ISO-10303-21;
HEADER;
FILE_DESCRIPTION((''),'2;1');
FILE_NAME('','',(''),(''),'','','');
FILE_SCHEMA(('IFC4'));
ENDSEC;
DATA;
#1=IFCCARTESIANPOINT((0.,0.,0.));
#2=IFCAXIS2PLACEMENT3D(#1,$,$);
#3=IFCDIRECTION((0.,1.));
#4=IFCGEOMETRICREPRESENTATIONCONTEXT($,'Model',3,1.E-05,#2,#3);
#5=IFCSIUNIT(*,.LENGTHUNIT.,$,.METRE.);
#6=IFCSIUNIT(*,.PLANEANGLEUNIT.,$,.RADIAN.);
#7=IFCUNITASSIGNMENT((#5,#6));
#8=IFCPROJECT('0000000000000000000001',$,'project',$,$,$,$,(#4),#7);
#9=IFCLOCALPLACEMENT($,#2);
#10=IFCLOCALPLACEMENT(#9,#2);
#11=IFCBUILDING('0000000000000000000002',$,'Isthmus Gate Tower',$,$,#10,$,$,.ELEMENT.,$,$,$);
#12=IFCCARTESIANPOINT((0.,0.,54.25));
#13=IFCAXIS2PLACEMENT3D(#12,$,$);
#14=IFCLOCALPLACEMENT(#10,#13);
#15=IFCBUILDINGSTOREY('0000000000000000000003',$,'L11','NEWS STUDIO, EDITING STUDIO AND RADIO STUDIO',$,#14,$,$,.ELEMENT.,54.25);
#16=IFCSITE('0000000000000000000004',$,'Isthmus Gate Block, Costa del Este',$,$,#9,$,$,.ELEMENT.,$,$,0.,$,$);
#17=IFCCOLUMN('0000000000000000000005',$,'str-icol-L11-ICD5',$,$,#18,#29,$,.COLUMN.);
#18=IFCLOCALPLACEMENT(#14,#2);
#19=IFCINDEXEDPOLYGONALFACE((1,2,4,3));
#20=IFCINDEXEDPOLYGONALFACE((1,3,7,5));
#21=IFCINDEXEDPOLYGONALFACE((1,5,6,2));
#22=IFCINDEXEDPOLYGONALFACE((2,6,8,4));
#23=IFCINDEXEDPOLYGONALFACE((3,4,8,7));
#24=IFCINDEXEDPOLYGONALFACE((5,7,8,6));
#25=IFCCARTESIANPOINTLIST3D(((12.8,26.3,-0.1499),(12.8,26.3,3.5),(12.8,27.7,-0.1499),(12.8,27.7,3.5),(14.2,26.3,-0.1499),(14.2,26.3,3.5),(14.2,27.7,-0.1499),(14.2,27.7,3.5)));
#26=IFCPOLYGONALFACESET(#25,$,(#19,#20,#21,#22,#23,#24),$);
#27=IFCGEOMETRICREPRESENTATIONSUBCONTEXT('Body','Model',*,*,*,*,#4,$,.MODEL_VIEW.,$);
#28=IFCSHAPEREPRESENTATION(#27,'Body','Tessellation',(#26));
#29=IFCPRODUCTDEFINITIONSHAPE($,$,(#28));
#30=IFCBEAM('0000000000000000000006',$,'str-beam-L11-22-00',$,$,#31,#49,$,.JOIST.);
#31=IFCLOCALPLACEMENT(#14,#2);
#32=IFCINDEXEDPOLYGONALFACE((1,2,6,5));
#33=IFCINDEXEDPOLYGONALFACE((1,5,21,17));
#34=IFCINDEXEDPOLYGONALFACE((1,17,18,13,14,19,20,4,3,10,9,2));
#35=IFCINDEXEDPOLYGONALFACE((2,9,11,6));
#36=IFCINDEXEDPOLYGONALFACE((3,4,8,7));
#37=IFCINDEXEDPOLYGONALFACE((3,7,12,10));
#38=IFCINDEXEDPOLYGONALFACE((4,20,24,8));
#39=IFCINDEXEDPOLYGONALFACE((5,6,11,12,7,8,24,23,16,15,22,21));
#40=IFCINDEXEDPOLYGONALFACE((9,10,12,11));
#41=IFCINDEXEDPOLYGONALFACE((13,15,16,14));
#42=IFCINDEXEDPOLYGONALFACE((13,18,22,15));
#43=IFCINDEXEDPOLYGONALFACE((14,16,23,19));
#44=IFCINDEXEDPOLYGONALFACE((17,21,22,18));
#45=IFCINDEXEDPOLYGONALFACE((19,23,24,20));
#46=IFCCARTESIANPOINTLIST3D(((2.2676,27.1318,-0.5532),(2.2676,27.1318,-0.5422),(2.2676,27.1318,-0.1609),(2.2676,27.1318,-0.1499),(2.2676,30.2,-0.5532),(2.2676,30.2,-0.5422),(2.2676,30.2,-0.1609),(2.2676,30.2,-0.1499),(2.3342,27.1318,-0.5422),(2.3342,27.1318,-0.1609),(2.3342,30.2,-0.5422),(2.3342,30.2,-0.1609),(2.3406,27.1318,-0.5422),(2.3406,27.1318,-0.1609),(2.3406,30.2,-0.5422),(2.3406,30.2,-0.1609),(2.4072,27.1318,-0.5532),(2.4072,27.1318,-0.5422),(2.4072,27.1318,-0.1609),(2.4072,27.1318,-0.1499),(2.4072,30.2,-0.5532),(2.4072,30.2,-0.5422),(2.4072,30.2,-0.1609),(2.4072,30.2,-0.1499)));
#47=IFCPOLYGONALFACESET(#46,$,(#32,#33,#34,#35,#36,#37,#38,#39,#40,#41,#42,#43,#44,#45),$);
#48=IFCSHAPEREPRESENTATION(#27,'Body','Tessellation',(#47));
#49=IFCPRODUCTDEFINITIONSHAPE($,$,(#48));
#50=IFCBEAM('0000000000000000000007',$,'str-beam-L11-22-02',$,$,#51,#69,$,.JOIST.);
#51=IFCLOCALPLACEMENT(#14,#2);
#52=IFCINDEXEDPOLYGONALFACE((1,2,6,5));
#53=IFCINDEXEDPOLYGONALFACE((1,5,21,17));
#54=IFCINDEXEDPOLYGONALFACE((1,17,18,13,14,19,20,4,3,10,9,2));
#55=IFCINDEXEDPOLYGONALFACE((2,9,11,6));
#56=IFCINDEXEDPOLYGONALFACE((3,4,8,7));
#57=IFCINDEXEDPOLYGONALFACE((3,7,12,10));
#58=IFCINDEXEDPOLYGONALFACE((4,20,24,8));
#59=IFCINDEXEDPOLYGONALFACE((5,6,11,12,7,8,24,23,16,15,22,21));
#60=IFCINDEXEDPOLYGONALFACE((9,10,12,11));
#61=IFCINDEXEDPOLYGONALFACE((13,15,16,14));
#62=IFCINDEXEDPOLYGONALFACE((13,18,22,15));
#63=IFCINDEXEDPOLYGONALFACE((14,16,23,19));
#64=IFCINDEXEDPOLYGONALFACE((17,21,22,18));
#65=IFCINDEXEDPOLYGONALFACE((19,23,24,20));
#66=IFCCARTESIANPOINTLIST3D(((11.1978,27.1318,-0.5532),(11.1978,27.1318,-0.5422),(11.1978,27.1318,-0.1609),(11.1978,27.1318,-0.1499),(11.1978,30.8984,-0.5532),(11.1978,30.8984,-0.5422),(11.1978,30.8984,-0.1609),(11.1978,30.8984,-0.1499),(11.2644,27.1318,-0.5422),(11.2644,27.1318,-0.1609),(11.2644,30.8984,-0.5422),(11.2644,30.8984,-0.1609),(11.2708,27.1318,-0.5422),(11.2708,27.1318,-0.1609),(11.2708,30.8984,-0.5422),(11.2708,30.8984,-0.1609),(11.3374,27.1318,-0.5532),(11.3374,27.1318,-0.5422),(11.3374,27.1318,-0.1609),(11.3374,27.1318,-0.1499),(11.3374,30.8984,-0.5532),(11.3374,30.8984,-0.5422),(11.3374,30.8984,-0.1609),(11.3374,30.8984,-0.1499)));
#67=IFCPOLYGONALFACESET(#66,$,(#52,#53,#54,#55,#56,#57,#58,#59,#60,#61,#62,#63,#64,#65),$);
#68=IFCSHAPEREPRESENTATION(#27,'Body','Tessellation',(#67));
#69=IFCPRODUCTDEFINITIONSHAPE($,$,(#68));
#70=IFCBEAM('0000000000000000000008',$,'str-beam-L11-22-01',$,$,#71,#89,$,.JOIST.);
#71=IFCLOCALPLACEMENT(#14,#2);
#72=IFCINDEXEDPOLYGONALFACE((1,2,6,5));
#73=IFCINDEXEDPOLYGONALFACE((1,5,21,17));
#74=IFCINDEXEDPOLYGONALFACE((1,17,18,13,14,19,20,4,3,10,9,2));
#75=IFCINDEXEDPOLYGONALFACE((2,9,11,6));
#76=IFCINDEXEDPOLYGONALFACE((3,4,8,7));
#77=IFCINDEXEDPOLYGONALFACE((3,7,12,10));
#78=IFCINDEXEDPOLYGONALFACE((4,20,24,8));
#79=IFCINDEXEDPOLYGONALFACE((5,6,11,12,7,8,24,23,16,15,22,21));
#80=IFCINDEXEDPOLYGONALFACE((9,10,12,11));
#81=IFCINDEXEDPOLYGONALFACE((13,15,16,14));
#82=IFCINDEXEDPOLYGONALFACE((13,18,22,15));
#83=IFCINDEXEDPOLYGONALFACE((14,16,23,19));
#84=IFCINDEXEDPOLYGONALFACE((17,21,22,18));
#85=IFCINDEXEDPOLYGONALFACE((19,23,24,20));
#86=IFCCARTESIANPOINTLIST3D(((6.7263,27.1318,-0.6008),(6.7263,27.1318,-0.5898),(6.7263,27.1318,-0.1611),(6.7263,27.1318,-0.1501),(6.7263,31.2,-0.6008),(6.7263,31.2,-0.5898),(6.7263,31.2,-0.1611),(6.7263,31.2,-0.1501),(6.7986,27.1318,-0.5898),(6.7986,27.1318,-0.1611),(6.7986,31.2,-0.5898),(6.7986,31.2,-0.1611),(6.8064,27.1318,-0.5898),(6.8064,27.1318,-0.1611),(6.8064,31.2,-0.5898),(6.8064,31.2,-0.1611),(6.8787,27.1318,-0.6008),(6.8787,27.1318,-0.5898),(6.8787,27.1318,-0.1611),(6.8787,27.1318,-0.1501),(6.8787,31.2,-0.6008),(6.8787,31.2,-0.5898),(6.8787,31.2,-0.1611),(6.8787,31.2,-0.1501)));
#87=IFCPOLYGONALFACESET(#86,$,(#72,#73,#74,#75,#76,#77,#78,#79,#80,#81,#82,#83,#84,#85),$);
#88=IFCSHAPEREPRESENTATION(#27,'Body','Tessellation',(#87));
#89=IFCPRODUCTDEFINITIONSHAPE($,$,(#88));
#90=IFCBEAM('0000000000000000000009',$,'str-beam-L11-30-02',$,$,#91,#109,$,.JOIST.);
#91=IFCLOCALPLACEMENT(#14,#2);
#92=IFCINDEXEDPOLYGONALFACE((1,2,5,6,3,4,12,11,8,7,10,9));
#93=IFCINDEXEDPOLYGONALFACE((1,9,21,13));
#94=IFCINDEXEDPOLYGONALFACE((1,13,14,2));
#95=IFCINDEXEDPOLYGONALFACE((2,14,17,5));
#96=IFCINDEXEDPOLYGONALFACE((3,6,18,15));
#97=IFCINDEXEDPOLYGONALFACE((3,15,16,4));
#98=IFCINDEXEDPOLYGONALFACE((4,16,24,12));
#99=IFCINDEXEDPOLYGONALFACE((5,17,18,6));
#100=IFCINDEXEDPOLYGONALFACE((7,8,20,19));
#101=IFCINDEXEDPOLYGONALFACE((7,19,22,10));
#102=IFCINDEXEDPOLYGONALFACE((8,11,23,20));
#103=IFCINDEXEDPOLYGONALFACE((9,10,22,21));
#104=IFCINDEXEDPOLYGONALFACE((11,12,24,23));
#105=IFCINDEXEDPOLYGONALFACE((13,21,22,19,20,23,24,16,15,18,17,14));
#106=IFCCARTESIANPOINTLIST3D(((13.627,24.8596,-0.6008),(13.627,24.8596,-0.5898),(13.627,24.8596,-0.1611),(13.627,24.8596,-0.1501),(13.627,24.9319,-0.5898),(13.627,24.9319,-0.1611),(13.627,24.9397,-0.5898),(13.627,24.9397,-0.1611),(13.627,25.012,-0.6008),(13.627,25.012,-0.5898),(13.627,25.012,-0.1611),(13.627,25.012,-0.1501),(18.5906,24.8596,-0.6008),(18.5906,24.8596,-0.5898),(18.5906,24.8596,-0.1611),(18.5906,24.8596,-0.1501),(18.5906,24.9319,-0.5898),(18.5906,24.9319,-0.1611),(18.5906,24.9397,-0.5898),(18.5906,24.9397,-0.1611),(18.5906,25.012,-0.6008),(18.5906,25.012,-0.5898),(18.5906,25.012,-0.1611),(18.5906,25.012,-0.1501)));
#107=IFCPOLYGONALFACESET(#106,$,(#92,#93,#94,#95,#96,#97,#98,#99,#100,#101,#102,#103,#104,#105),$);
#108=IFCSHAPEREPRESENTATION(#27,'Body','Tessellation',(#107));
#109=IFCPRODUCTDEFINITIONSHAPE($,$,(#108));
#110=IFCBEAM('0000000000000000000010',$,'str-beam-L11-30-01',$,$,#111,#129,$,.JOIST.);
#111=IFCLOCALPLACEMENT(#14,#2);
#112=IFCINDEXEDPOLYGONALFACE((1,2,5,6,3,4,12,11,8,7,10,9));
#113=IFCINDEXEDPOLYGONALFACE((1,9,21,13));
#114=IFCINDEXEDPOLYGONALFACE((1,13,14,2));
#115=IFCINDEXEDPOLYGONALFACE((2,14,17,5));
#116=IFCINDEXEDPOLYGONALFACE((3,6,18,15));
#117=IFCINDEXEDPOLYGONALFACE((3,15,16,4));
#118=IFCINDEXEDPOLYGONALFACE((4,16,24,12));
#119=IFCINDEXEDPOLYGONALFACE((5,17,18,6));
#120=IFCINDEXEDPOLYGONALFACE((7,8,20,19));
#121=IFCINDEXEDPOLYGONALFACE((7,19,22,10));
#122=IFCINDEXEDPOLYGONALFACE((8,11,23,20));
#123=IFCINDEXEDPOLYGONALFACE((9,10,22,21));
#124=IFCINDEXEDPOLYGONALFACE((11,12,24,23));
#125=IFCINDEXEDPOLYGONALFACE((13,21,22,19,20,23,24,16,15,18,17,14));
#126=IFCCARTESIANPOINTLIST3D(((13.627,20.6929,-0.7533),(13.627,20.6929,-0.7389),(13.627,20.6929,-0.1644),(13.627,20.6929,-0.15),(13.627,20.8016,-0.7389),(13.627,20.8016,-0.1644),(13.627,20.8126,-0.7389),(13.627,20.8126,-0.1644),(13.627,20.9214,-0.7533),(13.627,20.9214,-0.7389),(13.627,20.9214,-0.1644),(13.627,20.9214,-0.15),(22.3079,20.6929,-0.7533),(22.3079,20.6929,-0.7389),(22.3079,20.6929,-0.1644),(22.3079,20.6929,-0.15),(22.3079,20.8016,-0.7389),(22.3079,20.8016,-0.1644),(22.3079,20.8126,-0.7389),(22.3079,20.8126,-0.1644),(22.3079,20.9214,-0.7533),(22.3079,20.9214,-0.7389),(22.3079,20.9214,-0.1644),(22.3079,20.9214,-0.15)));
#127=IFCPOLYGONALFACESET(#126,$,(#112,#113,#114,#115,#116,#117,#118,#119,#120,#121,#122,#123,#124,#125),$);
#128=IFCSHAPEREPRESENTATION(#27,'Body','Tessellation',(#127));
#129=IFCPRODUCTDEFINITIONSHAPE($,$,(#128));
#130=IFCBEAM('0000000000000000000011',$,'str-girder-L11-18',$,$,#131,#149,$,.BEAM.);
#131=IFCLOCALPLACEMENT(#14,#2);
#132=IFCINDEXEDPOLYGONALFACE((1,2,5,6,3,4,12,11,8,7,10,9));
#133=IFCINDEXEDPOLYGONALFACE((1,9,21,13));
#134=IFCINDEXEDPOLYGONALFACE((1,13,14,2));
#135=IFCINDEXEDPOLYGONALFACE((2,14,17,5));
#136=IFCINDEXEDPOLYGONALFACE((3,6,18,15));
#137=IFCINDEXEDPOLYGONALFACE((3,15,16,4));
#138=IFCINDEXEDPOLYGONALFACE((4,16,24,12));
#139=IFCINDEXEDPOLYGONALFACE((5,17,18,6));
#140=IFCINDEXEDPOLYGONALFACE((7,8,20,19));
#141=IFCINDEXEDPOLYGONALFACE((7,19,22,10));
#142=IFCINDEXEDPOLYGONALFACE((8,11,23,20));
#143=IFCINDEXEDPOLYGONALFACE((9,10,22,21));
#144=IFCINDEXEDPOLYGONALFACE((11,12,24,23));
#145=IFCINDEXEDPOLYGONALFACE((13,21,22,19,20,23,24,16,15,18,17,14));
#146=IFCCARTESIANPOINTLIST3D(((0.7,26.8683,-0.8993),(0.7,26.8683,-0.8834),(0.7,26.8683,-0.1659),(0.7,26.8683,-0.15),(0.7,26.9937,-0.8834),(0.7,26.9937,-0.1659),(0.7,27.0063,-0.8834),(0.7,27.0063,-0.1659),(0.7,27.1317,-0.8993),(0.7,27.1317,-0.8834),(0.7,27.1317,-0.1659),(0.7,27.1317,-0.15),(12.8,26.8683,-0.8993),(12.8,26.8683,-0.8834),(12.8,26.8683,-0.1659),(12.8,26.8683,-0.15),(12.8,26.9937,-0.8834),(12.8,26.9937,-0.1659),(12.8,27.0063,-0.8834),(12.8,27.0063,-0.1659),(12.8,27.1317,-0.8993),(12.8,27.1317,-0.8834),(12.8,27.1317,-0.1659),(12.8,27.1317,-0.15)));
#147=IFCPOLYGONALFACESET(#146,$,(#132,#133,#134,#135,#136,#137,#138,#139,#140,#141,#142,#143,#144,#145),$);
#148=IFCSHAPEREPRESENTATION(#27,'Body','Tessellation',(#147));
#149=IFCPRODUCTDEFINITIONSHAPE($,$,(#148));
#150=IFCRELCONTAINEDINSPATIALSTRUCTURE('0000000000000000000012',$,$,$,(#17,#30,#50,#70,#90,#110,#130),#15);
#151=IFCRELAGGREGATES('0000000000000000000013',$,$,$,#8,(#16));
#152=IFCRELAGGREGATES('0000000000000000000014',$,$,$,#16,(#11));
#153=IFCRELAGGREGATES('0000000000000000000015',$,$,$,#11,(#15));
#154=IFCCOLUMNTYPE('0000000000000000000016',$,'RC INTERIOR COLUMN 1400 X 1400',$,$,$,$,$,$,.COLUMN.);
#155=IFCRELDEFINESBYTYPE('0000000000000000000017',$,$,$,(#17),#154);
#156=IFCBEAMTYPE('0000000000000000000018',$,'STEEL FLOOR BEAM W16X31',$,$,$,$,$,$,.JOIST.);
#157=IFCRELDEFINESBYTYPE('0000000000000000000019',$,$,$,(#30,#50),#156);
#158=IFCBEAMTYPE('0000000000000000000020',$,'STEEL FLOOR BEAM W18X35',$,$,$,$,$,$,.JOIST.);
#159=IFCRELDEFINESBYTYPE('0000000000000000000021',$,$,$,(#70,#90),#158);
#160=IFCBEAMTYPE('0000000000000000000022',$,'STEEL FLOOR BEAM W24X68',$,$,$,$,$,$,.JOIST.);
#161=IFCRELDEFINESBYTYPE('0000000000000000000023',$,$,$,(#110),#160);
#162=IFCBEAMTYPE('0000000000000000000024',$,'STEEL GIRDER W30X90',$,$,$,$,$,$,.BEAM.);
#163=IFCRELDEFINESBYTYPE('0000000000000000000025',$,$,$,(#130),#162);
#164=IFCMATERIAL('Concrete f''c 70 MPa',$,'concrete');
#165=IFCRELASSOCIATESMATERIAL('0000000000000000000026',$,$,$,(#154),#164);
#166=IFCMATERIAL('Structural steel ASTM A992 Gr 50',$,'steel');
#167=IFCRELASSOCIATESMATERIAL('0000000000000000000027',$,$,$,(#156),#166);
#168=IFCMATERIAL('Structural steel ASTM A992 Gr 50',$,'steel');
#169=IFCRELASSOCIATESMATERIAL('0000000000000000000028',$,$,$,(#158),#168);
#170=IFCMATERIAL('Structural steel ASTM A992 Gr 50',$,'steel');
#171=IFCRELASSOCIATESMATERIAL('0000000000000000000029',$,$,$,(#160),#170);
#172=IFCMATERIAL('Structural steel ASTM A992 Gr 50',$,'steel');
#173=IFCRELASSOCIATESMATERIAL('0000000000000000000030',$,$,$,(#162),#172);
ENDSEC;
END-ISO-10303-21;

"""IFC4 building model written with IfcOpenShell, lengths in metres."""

from ifc_helpers import new_model, si_unit, direction, frame, origin, origin_2d, place, context, subcontext, project, spatial, rectangle, i_section, extrude, material, material_profile, profile_set, type_object, element, save


model = new_model("IFC4")

# Units and contexts
model_context = context("Model", 3, precision=1e-05, world=origin(), true_north=direction((0.0, 1.0)))
body_context = subcontext(model_context, "Body", "Model", "MODEL_VIEW")
ifc_project = project(units=[si_unit("LENGTHUNIT", "METRE"), si_unit("PLANEANGLEUNIT", "RADIAN")], contexts=[model_context])

# Site, building, storey
site_placement = place(None, origin())
site = spatial("IfcSite", under=ifc_project, at=site_placement, Name="Isthmus Gate Block, Costa del Este", CompositionType="ELEMENT", RefElevation=0.0)
building_placement = place(site_placement, origin())
building = spatial("IfcBuilding", under=site, at=building_placement, Name="Isthmus Gate Tower", CompositionType="ELEMENT")
storey_placement = place(building_placement, frame((0.0, 0.0, 54.25)))
storey = spatial("IfcBuildingStorey", under=building, at=storey_placement, Name="L11", Description="NEWS STUDIO, EDITING STUDIO AND RADIO STUDIO", CompositionType="ELEMENT", Elevation=54.25)

# Column
ifc_material_1 = material(Name="Concrete f'c 70 MPa", Category="concrete")
ifc_material_profile_1 = material_profile(ifc_material_1, rectangle(XDim=1.3999, YDim=1.3999, at=origin_2d()), Name="RC 1400X1400")
ifc_profile_set_1 = profile_set([ifc_material_profile_1], Name="Concrete f'c 70 MPa")
column_type = type_object("IfcColumnType", Name="RC INTERIOR COLUMN 1400 X 1400", PredefinedType="COLUMN", material=ifc_profile_set_1)
column_placement = place(storey_placement, frame((13.5, 27.0, -0.1499), z_axis=(0.0, 0.0, 1.0), x_axis=(1.0, 0.0, 0.0)))
element("IfcColumn", 1, at=column_placement, inside=storey, type_object=column_type, Name="str-icol-L11-ICD5", PredefinedType="COLUMN", context=body_context, shape_type="SweptSolid", body=[
    extrude(rectangle(XDim=1.3999, YDim=1.3999, at=origin_2d()), origin(), (0.0, 0.0, 1.0), 3.6499),
])

# Beams
ifc_material_2 = material(Name="Structural steel ASTM A992 Gr 50", Category="steel")
ifc_material_profile_2 = material_profile(ifc_material_2, i_section(OverallWidth=0.1396, OverallDepth=0.4033, WebThickness=0.0063, FlangeThickness=0.011, at=origin_2d()), Name="W16X31")
ifc_profile_set_2 = profile_set([ifc_material_profile_2], Name="Structural steel ASTM A992 Gr 50")
beam_type_1 = type_object("IfcBeamType", Name="STEEL FLOOR BEAM W16X31", PredefinedType="JOIST", material=ifc_profile_set_2)
beam_1_placement = place(storey_placement, frame((2.3374, 27.1318, -0.3516), z_axis=(0.0, 1.0, 0.0), x_axis=(-1.0, 0.0, 0.0)))
element("IfcBeam", 2, at=beam_1_placement, inside=storey, type_object=beam_type_1, Name="str-beam-L11-22-00", PredefinedType="JOIST", context=body_context, shape_type="SweptSolid", body=[
    extrude(i_section(OverallWidth=0.1396, OverallDepth=0.4033, WebThickness=0.0063, FlangeThickness=0.011, at=origin_2d()), origin(), (0.0, 0.0, 1.0), 3.0681),
])
beam_2_placement = place(storey_placement, frame((11.2676, 27.1318, -0.3516), z_axis=(0.0, 1.0, 0.0), x_axis=(-1.0, 0.0, 0.0)))
element("IfcBeam", 3, at=beam_2_placement, inside=storey, type_object=beam_type_1, Name="str-beam-L11-22-02", PredefinedType="JOIST", context=body_context, shape_type="SweptSolid", body=[
    extrude(i_section(OverallWidth=0.1396, OverallDepth=0.4033, WebThickness=0.0063, FlangeThickness=0.011, at=origin_2d()), origin(), (0.0, 0.0, 1.0), 3.7666),
])
ifc_material_3 = material(Name="Structural steel ASTM A992 Gr 50", Category="steel")
ifc_material_profile_3 = material_profile(ifc_material_3, i_section(OverallWidth=0.1523, OverallDepth=0.4507, WebThickness=0.0078, FlangeThickness=0.011, at=origin_2d()), Name="W18X35")
ifc_profile_set_3 = profile_set([ifc_material_profile_3], Name="Structural steel ASTM A992 Gr 50")
beam_type_2 = type_object("IfcBeamType", Name="STEEL FLOOR BEAM W18X35", PredefinedType="JOIST", material=ifc_profile_set_3)
beam_3_placement = place(storey_placement, frame((6.8025, 27.1318, -0.3755), z_axis=(0.0, 1.0, 0.0), x_axis=(-1.0, 0.0, 0.0)))
element("IfcBeam", 4, at=beam_3_placement, inside=storey, type_object=beam_type_2, Name="str-beam-L11-22-01", PredefinedType="JOIST", context=body_context, shape_type="SweptSolid", body=[
    extrude(i_section(OverallWidth=0.1523, OverallDepth=0.4507, WebThickness=0.0078, FlangeThickness=0.011, at=origin_2d()), origin(), (0.0, 0.0, 1.0), 4.0681),
])
beam_4_placement = place(storey_placement, frame((13.627, 24.9358, -0.3755), z_axis=(1.0, 0.0, 0.0), x_axis=(0.0, 1.0, 0.0)))
element("IfcBeam", 5, at=beam_4_placement, inside=storey, type_object=beam_type_2, Name="str-beam-L11-30-02", PredefinedType="JOIST", context=body_context, shape_type="SweptSolid", body=[
    extrude(i_section(OverallWidth=0.1523, OverallDepth=0.4507, WebThickness=0.0078, FlangeThickness=0.011, at=origin_2d()), origin(), (0.0, 0.0, 1.0), 4.9636),
])
ifc_material_4 = material(Name="Structural steel ASTM A992 Gr 50", Category="steel")
ifc_material_profile_4 = material_profile(ifc_material_4, i_section(OverallWidth=0.2285, OverallDepth=0.6033, WebThickness=0.011, FlangeThickness=0.0144, at=origin_2d()), Name="W24X68")
ifc_profile_set_4 = profile_set([ifc_material_profile_4], Name="Structural steel ASTM A992 Gr 50")
beam_type_3 = type_object("IfcBeamType", Name="STEEL FLOOR BEAM W24X68", PredefinedType="JOIST", material=ifc_profile_set_4)
beam_5_placement = place(storey_placement, frame((13.627, 20.8071, -0.4517), z_axis=(1.0, 0.0, 0.0), x_axis=(0.0, 1.0, 0.0)))
element("IfcBeam", 6, at=beam_5_placement, inside=storey, type_object=beam_type_3, Name="str-beam-L11-30-01", PredefinedType="JOIST", context=body_context, shape_type="SweptSolid", body=[
    extrude(i_section(OverallWidth=0.2285, OverallDepth=0.6033, WebThickness=0.011, FlangeThickness=0.0144, at=origin_2d()), origin(), (0.0, 0.0, 1.0), 8.6809),
])
ifc_material_5 = material(Name="Structural steel ASTM A992 Gr 50", Category="steel")
ifc_material_profile_5 = material_profile(ifc_material_5, i_section(OverallWidth=0.2634, OverallDepth=0.7493, WebThickness=0.0127, FlangeThickness=0.0159, at=origin_2d()), Name="W30X90")
ifc_profile_set_5 = profile_set([ifc_material_profile_5], Name="Structural steel ASTM A992 Gr 50")
beam_type_4 = type_object("IfcBeamType", Name="STEEL GIRDER W30X90", PredefinedType="BEAM", material=ifc_profile_set_5)
beam_6_placement = place(storey_placement, frame((0.7, 27.0, -0.5247), z_axis=(1.0, 0.0, 0.0), x_axis=(0.0, 1.0, 0.0)))
element("IfcBeam", 7, at=beam_6_placement, inside=storey, type_object=beam_type_4, Name="str-girder-L11-18", PredefinedType="BEAM", context=body_context, shape_type="SweptSolid", body=[
    extrude(i_section(OverallWidth=0.2634, OverallDepth=0.7493, WebThickness=0.0127, FlangeThickness=0.0159, at=origin_2d()), origin(), (0.0, 0.0, 1.0), 12.1001),
])

save(model, "model.ifc")
